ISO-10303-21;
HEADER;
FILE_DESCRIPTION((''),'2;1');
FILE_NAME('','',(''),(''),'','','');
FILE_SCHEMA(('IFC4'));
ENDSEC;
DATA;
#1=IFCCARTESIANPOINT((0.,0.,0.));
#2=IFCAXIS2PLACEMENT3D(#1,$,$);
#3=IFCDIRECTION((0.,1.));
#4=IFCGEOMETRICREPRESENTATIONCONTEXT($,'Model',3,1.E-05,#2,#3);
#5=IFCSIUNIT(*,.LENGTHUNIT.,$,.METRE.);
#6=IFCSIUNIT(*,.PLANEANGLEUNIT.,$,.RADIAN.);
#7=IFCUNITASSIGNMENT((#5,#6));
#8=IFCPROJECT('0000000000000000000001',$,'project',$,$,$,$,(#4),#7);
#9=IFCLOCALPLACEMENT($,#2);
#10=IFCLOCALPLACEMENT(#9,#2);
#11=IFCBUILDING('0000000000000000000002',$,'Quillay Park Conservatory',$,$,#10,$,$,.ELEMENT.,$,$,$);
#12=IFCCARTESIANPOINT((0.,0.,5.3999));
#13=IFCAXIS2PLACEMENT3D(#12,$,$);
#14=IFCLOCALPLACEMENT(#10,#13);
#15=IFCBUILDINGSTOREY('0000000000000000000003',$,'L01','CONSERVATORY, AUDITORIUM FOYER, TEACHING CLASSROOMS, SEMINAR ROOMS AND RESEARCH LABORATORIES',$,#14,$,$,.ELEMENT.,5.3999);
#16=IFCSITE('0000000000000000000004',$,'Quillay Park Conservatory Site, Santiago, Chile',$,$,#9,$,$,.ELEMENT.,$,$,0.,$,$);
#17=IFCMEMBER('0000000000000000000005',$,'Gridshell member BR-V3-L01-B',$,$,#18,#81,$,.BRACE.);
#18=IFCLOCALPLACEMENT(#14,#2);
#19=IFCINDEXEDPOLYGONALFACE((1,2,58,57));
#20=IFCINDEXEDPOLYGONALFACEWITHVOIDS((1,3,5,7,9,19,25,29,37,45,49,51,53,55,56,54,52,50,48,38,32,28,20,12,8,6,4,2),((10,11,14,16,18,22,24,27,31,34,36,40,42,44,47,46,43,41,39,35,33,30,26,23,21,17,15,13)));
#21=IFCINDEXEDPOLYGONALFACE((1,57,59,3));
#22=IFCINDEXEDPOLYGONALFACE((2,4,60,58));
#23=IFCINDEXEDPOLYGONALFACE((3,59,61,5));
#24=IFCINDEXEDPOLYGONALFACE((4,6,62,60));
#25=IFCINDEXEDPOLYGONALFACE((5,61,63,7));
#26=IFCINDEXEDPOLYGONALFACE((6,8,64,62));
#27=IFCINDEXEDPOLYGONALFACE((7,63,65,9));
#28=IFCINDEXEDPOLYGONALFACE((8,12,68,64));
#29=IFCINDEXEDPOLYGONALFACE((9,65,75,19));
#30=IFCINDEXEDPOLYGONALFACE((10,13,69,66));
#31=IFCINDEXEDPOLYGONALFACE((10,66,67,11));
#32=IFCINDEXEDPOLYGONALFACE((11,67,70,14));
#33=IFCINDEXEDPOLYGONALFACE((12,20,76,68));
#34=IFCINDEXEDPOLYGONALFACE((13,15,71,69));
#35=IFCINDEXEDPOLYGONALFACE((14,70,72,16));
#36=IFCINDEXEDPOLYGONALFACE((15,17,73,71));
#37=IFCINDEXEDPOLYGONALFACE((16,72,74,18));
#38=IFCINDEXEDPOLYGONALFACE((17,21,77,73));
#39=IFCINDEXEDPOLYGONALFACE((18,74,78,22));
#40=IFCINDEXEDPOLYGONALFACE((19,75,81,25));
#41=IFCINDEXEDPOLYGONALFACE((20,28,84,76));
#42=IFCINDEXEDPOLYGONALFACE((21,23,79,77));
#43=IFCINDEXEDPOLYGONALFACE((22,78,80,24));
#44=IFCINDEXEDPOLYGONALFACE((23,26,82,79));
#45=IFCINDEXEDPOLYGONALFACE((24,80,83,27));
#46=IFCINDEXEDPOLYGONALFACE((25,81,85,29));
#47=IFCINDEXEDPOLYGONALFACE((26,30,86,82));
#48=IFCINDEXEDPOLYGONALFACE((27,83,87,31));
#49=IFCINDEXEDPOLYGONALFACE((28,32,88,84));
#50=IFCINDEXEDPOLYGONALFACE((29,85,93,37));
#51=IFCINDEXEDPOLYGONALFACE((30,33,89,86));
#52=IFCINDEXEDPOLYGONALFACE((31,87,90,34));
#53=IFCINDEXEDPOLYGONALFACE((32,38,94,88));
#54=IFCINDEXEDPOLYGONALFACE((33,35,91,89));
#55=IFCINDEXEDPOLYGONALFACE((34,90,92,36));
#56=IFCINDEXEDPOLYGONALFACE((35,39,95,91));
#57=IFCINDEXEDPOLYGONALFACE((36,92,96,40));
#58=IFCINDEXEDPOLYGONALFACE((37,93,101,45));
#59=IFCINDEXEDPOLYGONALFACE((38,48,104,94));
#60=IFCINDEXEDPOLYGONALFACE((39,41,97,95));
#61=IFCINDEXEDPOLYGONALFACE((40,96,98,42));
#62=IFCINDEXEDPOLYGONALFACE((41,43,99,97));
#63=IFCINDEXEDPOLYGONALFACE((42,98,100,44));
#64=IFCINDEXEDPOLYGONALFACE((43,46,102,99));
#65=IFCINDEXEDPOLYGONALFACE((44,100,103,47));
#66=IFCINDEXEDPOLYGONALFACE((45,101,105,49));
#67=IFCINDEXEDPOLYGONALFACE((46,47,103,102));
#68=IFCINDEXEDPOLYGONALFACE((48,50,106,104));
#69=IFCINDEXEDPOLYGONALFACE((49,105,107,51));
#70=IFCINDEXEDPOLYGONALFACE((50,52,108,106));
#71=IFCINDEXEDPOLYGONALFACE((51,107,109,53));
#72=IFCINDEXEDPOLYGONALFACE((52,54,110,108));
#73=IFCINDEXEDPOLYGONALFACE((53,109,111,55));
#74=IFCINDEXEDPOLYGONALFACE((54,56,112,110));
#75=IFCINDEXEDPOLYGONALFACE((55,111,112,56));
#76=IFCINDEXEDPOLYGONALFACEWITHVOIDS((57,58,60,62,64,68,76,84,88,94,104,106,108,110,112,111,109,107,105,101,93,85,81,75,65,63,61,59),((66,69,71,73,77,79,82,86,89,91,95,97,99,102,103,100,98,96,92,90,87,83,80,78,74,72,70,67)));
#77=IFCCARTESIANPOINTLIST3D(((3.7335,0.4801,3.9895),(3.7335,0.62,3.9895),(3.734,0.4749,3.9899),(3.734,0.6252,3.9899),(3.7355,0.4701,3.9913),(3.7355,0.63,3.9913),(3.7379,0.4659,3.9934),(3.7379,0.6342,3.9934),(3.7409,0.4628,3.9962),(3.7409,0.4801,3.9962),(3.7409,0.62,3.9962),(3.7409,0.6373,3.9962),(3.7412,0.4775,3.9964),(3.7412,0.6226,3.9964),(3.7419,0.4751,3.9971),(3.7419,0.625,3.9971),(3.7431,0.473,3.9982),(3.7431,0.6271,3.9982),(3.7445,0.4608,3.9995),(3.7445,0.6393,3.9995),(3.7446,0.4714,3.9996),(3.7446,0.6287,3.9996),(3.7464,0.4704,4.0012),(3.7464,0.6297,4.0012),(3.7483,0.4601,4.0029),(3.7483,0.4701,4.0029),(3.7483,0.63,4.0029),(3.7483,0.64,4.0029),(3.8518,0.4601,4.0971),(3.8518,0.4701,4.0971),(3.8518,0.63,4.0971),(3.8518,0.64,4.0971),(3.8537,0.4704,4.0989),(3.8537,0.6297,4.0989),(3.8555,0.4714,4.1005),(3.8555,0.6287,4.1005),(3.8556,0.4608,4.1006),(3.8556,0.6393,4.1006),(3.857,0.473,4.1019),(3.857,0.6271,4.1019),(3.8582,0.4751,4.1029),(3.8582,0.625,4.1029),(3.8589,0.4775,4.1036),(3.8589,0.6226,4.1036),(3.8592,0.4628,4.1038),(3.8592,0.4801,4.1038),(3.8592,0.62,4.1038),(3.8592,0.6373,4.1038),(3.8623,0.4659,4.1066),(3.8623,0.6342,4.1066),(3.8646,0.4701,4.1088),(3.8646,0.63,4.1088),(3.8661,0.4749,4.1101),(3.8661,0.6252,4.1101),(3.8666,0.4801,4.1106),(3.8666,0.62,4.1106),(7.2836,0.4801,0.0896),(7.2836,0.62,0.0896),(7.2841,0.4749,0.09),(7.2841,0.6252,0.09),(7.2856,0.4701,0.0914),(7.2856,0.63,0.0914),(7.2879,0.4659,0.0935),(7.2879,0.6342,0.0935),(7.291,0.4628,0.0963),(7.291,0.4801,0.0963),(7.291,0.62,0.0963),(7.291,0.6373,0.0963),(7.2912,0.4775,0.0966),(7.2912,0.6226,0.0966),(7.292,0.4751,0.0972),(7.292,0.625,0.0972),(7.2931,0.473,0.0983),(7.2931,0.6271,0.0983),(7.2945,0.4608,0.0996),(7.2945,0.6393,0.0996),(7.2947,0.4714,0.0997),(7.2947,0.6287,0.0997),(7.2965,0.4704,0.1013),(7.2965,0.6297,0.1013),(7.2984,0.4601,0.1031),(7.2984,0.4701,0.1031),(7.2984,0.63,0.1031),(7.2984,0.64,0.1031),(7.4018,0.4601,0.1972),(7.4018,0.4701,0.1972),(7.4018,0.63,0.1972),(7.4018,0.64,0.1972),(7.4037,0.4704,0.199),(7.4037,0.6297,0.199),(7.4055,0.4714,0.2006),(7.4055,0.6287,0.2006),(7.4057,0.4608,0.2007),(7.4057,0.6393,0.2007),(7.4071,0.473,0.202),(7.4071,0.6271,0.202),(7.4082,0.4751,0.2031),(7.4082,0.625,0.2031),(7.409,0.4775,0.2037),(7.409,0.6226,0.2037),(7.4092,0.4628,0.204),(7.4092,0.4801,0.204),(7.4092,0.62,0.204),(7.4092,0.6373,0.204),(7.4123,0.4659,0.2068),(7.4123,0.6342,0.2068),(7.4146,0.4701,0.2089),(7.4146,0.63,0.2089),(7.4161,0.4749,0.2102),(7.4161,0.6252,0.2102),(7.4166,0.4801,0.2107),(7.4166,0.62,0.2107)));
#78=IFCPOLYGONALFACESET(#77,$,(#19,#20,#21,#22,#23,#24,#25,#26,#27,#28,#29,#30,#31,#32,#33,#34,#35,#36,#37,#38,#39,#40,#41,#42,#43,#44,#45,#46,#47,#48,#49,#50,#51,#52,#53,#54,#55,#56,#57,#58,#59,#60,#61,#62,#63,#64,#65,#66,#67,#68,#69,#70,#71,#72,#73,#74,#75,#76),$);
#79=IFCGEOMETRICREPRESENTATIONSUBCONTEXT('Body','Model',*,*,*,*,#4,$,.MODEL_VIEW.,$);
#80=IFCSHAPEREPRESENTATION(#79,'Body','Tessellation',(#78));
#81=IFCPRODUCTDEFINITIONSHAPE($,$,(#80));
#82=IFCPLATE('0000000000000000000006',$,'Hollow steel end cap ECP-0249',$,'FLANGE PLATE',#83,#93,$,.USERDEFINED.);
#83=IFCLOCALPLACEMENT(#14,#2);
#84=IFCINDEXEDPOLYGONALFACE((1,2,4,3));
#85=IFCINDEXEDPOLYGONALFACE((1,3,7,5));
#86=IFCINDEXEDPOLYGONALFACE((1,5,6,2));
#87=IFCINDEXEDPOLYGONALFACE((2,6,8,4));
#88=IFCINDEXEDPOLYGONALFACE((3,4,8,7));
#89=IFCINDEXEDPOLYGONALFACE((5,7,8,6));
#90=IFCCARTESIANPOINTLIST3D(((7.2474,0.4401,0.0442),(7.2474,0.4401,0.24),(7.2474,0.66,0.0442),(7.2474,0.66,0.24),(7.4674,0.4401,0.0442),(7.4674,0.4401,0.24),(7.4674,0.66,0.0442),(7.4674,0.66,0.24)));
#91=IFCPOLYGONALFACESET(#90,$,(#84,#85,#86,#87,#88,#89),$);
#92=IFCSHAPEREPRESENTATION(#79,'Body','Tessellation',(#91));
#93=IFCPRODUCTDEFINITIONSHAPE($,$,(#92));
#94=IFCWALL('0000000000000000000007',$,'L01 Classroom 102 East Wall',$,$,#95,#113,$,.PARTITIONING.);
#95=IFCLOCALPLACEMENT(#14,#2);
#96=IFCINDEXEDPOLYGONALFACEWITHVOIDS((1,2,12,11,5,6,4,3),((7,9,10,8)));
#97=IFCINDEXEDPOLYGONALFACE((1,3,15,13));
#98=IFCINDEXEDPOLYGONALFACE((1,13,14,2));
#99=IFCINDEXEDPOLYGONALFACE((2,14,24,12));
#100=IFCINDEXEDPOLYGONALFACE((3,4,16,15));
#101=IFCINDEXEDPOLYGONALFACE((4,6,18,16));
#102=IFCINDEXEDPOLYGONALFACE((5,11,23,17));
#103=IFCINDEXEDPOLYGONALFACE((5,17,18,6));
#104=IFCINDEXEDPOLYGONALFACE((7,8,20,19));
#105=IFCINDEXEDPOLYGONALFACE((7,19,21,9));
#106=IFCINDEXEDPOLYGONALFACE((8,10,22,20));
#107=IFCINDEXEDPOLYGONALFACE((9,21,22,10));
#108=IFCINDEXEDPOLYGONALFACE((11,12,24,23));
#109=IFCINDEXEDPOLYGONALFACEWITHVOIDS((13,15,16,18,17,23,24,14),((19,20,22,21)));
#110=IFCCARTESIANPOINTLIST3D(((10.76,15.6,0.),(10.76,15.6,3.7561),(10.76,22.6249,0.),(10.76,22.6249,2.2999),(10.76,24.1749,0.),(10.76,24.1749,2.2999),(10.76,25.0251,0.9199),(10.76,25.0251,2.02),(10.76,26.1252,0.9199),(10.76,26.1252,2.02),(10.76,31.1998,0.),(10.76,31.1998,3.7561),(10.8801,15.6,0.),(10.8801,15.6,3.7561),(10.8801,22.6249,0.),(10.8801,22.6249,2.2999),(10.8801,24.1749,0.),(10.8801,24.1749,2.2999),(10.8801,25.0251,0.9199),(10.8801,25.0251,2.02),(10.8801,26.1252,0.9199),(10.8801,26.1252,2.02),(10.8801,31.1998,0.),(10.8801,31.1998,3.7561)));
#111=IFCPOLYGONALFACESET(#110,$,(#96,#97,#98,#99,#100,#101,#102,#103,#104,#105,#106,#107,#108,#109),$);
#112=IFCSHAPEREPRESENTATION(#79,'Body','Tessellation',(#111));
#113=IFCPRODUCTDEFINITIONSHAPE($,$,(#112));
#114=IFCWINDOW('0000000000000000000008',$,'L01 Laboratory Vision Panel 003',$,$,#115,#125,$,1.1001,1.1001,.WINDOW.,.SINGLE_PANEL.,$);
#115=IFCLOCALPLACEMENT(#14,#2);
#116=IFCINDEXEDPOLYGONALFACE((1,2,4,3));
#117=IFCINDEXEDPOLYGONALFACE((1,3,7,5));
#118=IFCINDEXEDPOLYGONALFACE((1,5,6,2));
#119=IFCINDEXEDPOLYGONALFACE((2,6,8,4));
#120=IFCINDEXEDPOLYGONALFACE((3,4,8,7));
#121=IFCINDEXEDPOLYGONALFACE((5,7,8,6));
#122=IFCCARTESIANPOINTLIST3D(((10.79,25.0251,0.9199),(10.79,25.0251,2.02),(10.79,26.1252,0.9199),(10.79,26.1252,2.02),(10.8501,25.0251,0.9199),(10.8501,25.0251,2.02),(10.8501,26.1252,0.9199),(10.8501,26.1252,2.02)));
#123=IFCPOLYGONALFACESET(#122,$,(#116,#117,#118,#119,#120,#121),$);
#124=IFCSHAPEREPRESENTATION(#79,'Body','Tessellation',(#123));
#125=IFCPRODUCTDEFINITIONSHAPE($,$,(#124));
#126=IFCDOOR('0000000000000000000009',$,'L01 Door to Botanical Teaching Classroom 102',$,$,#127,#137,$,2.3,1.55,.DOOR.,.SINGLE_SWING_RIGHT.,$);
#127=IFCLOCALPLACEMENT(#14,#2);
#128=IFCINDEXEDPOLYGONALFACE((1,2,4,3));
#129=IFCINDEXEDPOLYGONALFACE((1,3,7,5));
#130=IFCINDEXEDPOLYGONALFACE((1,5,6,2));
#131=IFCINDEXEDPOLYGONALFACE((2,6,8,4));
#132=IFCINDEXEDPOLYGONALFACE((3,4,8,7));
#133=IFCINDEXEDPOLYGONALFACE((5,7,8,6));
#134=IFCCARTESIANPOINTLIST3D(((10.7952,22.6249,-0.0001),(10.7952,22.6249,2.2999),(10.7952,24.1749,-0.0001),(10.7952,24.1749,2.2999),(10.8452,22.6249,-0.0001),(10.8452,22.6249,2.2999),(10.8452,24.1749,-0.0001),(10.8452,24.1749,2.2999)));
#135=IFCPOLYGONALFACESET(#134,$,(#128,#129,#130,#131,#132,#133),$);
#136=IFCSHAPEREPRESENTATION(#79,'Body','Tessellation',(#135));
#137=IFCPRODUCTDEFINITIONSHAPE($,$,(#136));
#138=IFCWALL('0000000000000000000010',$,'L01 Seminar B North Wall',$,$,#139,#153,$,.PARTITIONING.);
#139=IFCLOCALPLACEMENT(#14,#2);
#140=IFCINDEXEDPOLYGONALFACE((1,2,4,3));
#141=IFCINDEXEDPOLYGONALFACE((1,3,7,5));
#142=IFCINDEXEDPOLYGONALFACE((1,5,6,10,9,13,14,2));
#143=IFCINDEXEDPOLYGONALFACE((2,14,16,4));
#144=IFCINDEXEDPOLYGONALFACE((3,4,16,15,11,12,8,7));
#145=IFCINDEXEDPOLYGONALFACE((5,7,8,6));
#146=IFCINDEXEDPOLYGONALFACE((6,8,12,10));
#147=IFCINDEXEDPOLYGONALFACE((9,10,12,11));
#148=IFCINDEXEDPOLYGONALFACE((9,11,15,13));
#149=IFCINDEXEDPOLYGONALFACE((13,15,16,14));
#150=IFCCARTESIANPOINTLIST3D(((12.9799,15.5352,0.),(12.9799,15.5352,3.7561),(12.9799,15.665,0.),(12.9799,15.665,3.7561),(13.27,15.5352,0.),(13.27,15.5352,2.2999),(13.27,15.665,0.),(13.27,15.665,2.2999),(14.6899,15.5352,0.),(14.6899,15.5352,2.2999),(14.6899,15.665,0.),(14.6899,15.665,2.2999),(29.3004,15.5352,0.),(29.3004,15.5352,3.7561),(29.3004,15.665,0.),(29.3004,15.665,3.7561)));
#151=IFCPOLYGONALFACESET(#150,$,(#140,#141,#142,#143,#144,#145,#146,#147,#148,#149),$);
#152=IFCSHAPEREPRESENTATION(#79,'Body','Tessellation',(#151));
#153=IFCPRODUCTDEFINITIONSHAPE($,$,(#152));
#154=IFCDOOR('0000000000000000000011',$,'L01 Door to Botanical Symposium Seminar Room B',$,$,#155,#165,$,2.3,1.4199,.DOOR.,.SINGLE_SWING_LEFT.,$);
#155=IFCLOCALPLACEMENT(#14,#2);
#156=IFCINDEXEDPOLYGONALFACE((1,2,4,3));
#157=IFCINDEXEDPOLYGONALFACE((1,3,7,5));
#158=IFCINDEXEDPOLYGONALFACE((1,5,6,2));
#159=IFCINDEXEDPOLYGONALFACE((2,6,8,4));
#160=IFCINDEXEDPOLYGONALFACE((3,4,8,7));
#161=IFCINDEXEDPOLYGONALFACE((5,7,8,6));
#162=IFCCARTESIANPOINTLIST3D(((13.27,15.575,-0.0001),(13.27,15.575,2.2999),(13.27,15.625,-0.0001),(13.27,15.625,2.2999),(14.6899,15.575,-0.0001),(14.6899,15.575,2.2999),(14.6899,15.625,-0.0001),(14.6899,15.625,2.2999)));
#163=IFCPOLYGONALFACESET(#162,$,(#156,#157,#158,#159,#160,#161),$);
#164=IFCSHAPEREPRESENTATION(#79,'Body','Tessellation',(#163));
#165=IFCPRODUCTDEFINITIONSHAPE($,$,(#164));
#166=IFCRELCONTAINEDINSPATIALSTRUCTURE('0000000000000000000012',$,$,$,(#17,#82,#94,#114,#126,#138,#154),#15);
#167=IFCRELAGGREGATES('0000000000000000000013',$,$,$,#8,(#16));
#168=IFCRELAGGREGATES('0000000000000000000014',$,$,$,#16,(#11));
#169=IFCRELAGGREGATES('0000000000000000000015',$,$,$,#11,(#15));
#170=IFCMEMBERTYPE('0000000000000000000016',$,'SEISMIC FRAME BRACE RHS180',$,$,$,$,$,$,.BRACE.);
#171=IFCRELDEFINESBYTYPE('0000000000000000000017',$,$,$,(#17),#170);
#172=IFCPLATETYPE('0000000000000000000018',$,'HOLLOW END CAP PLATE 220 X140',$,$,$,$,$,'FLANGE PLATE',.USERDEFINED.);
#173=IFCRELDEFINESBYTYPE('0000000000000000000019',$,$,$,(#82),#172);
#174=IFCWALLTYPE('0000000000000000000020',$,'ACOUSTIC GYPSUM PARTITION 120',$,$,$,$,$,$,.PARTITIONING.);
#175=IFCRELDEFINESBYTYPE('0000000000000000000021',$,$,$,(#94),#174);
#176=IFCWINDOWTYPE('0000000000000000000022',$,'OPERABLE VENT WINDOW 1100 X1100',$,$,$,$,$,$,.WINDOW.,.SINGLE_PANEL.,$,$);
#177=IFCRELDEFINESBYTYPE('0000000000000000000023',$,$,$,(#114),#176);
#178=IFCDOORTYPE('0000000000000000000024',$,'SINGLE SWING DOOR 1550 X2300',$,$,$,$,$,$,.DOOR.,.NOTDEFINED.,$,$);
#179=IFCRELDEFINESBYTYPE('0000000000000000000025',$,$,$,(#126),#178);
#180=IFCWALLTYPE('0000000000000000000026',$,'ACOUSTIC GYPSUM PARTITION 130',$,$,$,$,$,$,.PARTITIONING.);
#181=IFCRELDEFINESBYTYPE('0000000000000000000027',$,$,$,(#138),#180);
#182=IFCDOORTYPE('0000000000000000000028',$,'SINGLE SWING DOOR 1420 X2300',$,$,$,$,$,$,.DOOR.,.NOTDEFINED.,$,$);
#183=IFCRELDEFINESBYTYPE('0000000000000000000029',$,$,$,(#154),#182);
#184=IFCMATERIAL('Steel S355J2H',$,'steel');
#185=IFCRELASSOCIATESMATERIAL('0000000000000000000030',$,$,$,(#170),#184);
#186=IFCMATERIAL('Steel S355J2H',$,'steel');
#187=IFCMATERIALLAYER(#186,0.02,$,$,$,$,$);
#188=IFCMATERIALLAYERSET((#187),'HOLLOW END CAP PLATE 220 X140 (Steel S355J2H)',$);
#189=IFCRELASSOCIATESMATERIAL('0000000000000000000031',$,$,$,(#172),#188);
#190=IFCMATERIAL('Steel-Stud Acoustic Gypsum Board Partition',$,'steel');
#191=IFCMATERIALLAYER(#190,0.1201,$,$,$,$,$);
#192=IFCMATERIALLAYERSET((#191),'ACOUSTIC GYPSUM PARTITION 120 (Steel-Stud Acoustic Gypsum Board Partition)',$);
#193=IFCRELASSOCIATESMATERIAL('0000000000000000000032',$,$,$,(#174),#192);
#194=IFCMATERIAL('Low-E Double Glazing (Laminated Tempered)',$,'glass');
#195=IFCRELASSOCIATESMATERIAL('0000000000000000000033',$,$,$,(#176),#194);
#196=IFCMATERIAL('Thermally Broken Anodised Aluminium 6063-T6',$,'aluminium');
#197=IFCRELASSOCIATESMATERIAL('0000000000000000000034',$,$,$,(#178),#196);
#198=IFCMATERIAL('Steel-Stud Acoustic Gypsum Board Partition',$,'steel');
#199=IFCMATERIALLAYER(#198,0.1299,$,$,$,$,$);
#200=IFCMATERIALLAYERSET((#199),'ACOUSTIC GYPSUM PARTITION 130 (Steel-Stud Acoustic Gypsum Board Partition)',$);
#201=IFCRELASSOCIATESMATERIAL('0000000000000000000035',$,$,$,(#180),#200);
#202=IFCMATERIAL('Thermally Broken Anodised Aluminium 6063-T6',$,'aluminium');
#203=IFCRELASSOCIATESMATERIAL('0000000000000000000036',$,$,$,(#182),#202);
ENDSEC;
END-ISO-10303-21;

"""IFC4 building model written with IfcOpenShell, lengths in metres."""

from ifc_helpers import new_model, si_unit, direction, frame, frame_2d, origin, origin_2d, place, context, subcontext, project, spatial, rectangle, hollow_rectangle, extrude, material, layer, layer_set, material_profile, profile_set, type_object, element, fill, save


model = new_model("IFC4")

# Units and contexts
model_context = context("Model", 3, precision=1e-05, world=origin(), true_north=direction((0.0, 1.0)))
body_context = subcontext(model_context, "Body", "Model", "MODEL_VIEW")
ifc_project = project(units=[si_unit("LENGTHUNIT", "METRE"), si_unit("PLANEANGLEUNIT", "RADIAN")], contexts=[model_context])

# Site, building, storey
site_placement = place(None, origin())
site = spatial("IfcSite", under=ifc_project, at=site_placement, Name="Quillay Park Conservatory Site, Santiago, Chile", CompositionType="ELEMENT", RefElevation=0.0)
building_placement = place(site_placement, origin())
building = spatial("IfcBuilding", under=site, at=building_placement, Name="Quillay Park Conservatory", CompositionType="ELEMENT")
storey_placement = place(building_placement, frame((0.0, 0.0, 5.3999)))
storey = spatial("IfcBuildingStorey", under=building, at=storey_placement, Name="L01", Description="CONSERVATORY, AUDITORIUM FOYER, TEACHING CLASSROOMS, SEMINAR ROOMS AND RESEARCH LABORATORIES", CompositionType="ELEMENT", Elevation=5.3999)

# Member
ifc_material_1 = material(Name="Steel S355J2H", Category="steel")
ifc_material_profile_1 = material_profile(ifc_material_1, hollow_rectangle(XDim=0.1799, YDim=0.1799, WallThickness=0.01, InnerFilletRadius=0.01, OuterFilletRadius=0.02, at=origin_2d()), Name="RHS180x180x10")
ifc_profile_set_1 = profile_set([ifc_material_profile_1], Name="Steel S355J2H")
member_type = type_object("IfcMemberType", Name="SEISMIC FRAME BRACE RHS180", PredefinedType="BRACE", material=ifc_profile_set_1)
member_placement = place(storey_placement, frame((7.3501, 0.55, 0.1501), z_axis=(-0.673159, 0.0, 0.739498), x_axis=(0.0, -1.0, 0.0)))
element("IfcMember", 1, at=member_placement, inside=storey, type_object=member_type, Name="Gridshell member BR-V3-L01-B", PredefinedType="BRACE", context=body_context, shape_type="SweptSolid", body=[
    extrude(hollow_rectangle(XDim=0.1799, YDim=0.1799, WallThickness=0.01, InnerFilletRadius=0.01, OuterFilletRadius=0.02, at=origin_2d()), origin(), (0.0, 0.0, 1.0), 5.2737),
])

# Plate
ifc_material_2 = material(Name="Steel S355J2H", Category="steel")
ifc_layer_1 = layer(ifc_material_2, 0.02)
ifc_layer_set_1 = layer_set([ifc_layer_1], Name="HOLLOW END CAP PLATE 220 X140 (Steel S355J2H)")
plate_type = type_object("IfcPlateType", Name="HOLLOW END CAP PLATE 220 X140", ElementType="FLANGE PLATE", PredefinedType="USERDEFINED", material=ifc_layer_set_1)
plate_placement = place(storey_placement, frame((7.3574, 0.55, 0.0442), z_axis=(0.0, 0.0, 1.0), x_axis=(1.0, 0.0, 0.0)))
element("IfcPlate", 2, at=plate_placement, inside=storey, type_object=plate_type, Name="Hollow steel end cap ECP-0249", ObjectType="FLANGE PLATE", PredefinedType="USERDEFINED", context=body_context, shape_type="SweptSolid", body=[
    extrude(rectangle(XDim=0.22, YDim=0.22, at=origin_2d()), origin(), (0.0, 0.0, 1.0), 0.1958),
])

# Wall, openings, window, door
ifc_material_3 = material(Name="Steel-Stud Acoustic Gypsum Board Partition", Category="steel")
ifc_layer_2 = layer(ifc_material_3, 0.1201)
ifc_layer_set_2 = layer_set([ifc_layer_2], Name="ACOUSTIC GYPSUM PARTITION 120 (Steel-Stud Acoustic Gypsum Board Partition)")
wall_type_1 = type_object("IfcWallType", Name="ACOUSTIC GYPSUM PARTITION 120", PredefinedType="PARTITIONING", material=ifc_layer_set_2)
wall_1_placement = place(storey_placement, frame((10.8201, 15.6001, 0.0), z_axis=(0.0, 0.0, 1.0), x_axis=(0.0, 1.0, 0.0)))
wall_1 = element("IfcWall", 3, at=wall_1_placement, inside=storey, type_object=wall_type_1, Name="L01 Classroom 102 East Wall", PredefinedType="PARTITIONING", context=body_context, shape_type="SweptSolid", body=[
    extrude(rectangle(XDim=15.5999, YDim=0.1201, at=frame_2d((7.7998, 0.0))), origin(), (0.0, 0.0, 1.0), 3.7561),
])
opening_1_placement = place(wall_1_placement, frame((7.0249, 0.0, 0.0)))
opening_1 = element("IfcOpeningElement", 4, at=opening_1_placement, cuts=wall_1, PredefinedType="OPENING", context=body_context, shape_type="SweptSolid", body=[
    extrude(rectangle(XDim=1.55, YDim=2.3, at=frame_2d((0.7749, 1.1499))), frame((0.0, 0.0601, 0.0), z_axis=(0.0, -1.0, 0.0), x_axis=(1.0, 0.0, 0.0)), (0.0, 0.0, 1.0), 0.1201),
])
opening_2_placement = place(wall_1_placement, frame((9.425, 0.0, 0.9199)))
opening_2 = element("IfcOpeningElement", 5, at=opening_2_placement, cuts=wall_1, PredefinedType="OPENING", context=body_context, shape_type="SweptSolid", body=[
    extrude(rectangle(XDim=1.1001, YDim=1.1001, at=frame_2d((0.55, 0.55))), frame((0.0, 0.0601, 0.0), z_axis=(0.0, -1.0, 0.0), x_axis=(1.0, 0.0, 0.0)), (0.0, 0.0, 1.0), 0.1201),
])
ifc_material_4 = material(Name="Low-E Double Glazing (Laminated Tempered)", Category="glass")
window_type = type_object("IfcWindowType", Name="OPERABLE VENT WINDOW 1100 X1100", PartitioningType="SINGLE_PANEL", PredefinedType="WINDOW", material=ifc_material_4)
window_placement = place(opening_2_placement, origin())
window = element("IfcWindow", 6, at=window_placement, inside=storey, type_object=window_type, Name="L01 Laboratory Vision Panel 003", OverallHeight=1.1001, OverallWidth=1.1001, PartitioningType="SINGLE_PANEL", PredefinedType="WINDOW", context=body_context, shape_type="SweptSolid", body=[
    extrude(rectangle(XDim=1.1001, YDim=1.1001, at=frame_2d((0.55, 0.55))), frame((0.0, 0.03, 0.0), z_axis=(0.0, -1.0, 0.0), x_axis=(1.0, 0.0, 0.0)), (0.0, 0.0, 1.0), 0.0601),
])
fill(opening_2, window)
ifc_material_5 = material(Name="Thermally Broken Anodised Aluminium 6063-T6", Category="aluminium")
door_type_1 = type_object("IfcDoorType", Name="SINGLE SWING DOOR 1550 X2300", OperationType="NOTDEFINED", PredefinedType="DOOR", material=ifc_material_5)
door_1_placement = place(opening_1_placement, origin())
door_1 = element("IfcDoor", 7, at=door_1_placement, inside=storey, type_object=door_type_1, Name="L01 Door to Botanical Teaching Classroom 102", OperationType="SINGLE_SWING_RIGHT", OverallHeight=2.3, OverallWidth=1.55, PredefinedType="DOOR", context=body_context, shape_type="SweptSolid", body=[
    extrude(rectangle(XDim=1.55, YDim=2.3, at=frame_2d((0.7749, 1.1499))), frame((0.0, 0.0249, 0.0), z_axis=(0.0, -1.0, 0.0), x_axis=(1.0, 0.0, 0.0)), (0.0, 0.0, 1.0), 0.05),
])
fill(opening_1, door_1)

# Wall, opening, door
ifc_material_6 = material(Name="Steel-Stud Acoustic Gypsum Board Partition", Category="steel")
ifc_layer_3 = layer(ifc_material_6, 0.1299)
ifc_layer_set_3 = layer_set([ifc_layer_3], Name="ACOUSTIC GYPSUM PARTITION 130 (Steel-Stud Acoustic Gypsum Board Partition)")
wall_type_2 = type_object("IfcWallType", Name="ACOUSTIC GYPSUM PARTITION 130", PredefinedType="PARTITIONING", material=ifc_layer_set_3)
wall_2_placement = place(storey_placement, frame((12.98, 15.6001, 0.0), z_axis=(0.0, 0.0, 1.0), x_axis=(1.0, 0.0, 0.0)))
wall_2 = element("IfcWall", 8, at=wall_2_placement, inside=storey, type_object=wall_type_2, Name="L01 Seminar B North Wall", PredefinedType="PARTITIONING", context=body_context, shape_type="SweptSolid", body=[
    extrude(rectangle(XDim=16.3206, YDim=0.1299, at=frame_2d((8.1602, 0.0))), origin(), (0.0, 0.0, 1.0), 3.7561),
])
opening_3_placement = place(wall_2_placement, frame((0.29, 0.0, 0.0)))
opening_3 = element("IfcOpeningElement", 9, at=opening_3_placement, cuts=wall_2, PredefinedType="OPENING", context=body_context, shape_type="SweptSolid", body=[
    extrude(rectangle(XDim=1.4199, YDim=2.3, at=frame_2d((0.71, 1.1499))), frame((0.0, 0.0649, 0.0), z_axis=(0.0, -1.0, 0.0), x_axis=(1.0, 0.0, 0.0)), (0.0, 0.0, 1.0), 0.1299),
])
ifc_material_7 = material(Name="Thermally Broken Anodised Aluminium 6063-T6", Category="aluminium")
door_type_2 = type_object("IfcDoorType", Name="SINGLE SWING DOOR 1420 X2300", OperationType="NOTDEFINED", PredefinedType="DOOR", material=ifc_material_7)
door_2_placement = place(opening_3_placement, origin())
door_2 = element("IfcDoor", 10, at=door_2_placement, inside=storey, type_object=door_type_2, Name="L01 Door to Botanical Symposium Seminar Room B", OperationType="SINGLE_SWING_LEFT", OverallHeight=2.3, OverallWidth=1.4199, PredefinedType="DOOR", context=body_context, shape_type="SweptSolid", body=[
    extrude(rectangle(XDim=1.4199, YDim=2.3, at=frame_2d((0.71, 1.1499))), frame((0.0, 0.0249, 0.0), z_axis=(0.0, -1.0, 0.0), x_axis=(1.0, 0.0, 0.0)), (0.0, 0.0, 1.0), 0.05),
])
fill(opening_3, door_2)

save(model, "model.ifc")
